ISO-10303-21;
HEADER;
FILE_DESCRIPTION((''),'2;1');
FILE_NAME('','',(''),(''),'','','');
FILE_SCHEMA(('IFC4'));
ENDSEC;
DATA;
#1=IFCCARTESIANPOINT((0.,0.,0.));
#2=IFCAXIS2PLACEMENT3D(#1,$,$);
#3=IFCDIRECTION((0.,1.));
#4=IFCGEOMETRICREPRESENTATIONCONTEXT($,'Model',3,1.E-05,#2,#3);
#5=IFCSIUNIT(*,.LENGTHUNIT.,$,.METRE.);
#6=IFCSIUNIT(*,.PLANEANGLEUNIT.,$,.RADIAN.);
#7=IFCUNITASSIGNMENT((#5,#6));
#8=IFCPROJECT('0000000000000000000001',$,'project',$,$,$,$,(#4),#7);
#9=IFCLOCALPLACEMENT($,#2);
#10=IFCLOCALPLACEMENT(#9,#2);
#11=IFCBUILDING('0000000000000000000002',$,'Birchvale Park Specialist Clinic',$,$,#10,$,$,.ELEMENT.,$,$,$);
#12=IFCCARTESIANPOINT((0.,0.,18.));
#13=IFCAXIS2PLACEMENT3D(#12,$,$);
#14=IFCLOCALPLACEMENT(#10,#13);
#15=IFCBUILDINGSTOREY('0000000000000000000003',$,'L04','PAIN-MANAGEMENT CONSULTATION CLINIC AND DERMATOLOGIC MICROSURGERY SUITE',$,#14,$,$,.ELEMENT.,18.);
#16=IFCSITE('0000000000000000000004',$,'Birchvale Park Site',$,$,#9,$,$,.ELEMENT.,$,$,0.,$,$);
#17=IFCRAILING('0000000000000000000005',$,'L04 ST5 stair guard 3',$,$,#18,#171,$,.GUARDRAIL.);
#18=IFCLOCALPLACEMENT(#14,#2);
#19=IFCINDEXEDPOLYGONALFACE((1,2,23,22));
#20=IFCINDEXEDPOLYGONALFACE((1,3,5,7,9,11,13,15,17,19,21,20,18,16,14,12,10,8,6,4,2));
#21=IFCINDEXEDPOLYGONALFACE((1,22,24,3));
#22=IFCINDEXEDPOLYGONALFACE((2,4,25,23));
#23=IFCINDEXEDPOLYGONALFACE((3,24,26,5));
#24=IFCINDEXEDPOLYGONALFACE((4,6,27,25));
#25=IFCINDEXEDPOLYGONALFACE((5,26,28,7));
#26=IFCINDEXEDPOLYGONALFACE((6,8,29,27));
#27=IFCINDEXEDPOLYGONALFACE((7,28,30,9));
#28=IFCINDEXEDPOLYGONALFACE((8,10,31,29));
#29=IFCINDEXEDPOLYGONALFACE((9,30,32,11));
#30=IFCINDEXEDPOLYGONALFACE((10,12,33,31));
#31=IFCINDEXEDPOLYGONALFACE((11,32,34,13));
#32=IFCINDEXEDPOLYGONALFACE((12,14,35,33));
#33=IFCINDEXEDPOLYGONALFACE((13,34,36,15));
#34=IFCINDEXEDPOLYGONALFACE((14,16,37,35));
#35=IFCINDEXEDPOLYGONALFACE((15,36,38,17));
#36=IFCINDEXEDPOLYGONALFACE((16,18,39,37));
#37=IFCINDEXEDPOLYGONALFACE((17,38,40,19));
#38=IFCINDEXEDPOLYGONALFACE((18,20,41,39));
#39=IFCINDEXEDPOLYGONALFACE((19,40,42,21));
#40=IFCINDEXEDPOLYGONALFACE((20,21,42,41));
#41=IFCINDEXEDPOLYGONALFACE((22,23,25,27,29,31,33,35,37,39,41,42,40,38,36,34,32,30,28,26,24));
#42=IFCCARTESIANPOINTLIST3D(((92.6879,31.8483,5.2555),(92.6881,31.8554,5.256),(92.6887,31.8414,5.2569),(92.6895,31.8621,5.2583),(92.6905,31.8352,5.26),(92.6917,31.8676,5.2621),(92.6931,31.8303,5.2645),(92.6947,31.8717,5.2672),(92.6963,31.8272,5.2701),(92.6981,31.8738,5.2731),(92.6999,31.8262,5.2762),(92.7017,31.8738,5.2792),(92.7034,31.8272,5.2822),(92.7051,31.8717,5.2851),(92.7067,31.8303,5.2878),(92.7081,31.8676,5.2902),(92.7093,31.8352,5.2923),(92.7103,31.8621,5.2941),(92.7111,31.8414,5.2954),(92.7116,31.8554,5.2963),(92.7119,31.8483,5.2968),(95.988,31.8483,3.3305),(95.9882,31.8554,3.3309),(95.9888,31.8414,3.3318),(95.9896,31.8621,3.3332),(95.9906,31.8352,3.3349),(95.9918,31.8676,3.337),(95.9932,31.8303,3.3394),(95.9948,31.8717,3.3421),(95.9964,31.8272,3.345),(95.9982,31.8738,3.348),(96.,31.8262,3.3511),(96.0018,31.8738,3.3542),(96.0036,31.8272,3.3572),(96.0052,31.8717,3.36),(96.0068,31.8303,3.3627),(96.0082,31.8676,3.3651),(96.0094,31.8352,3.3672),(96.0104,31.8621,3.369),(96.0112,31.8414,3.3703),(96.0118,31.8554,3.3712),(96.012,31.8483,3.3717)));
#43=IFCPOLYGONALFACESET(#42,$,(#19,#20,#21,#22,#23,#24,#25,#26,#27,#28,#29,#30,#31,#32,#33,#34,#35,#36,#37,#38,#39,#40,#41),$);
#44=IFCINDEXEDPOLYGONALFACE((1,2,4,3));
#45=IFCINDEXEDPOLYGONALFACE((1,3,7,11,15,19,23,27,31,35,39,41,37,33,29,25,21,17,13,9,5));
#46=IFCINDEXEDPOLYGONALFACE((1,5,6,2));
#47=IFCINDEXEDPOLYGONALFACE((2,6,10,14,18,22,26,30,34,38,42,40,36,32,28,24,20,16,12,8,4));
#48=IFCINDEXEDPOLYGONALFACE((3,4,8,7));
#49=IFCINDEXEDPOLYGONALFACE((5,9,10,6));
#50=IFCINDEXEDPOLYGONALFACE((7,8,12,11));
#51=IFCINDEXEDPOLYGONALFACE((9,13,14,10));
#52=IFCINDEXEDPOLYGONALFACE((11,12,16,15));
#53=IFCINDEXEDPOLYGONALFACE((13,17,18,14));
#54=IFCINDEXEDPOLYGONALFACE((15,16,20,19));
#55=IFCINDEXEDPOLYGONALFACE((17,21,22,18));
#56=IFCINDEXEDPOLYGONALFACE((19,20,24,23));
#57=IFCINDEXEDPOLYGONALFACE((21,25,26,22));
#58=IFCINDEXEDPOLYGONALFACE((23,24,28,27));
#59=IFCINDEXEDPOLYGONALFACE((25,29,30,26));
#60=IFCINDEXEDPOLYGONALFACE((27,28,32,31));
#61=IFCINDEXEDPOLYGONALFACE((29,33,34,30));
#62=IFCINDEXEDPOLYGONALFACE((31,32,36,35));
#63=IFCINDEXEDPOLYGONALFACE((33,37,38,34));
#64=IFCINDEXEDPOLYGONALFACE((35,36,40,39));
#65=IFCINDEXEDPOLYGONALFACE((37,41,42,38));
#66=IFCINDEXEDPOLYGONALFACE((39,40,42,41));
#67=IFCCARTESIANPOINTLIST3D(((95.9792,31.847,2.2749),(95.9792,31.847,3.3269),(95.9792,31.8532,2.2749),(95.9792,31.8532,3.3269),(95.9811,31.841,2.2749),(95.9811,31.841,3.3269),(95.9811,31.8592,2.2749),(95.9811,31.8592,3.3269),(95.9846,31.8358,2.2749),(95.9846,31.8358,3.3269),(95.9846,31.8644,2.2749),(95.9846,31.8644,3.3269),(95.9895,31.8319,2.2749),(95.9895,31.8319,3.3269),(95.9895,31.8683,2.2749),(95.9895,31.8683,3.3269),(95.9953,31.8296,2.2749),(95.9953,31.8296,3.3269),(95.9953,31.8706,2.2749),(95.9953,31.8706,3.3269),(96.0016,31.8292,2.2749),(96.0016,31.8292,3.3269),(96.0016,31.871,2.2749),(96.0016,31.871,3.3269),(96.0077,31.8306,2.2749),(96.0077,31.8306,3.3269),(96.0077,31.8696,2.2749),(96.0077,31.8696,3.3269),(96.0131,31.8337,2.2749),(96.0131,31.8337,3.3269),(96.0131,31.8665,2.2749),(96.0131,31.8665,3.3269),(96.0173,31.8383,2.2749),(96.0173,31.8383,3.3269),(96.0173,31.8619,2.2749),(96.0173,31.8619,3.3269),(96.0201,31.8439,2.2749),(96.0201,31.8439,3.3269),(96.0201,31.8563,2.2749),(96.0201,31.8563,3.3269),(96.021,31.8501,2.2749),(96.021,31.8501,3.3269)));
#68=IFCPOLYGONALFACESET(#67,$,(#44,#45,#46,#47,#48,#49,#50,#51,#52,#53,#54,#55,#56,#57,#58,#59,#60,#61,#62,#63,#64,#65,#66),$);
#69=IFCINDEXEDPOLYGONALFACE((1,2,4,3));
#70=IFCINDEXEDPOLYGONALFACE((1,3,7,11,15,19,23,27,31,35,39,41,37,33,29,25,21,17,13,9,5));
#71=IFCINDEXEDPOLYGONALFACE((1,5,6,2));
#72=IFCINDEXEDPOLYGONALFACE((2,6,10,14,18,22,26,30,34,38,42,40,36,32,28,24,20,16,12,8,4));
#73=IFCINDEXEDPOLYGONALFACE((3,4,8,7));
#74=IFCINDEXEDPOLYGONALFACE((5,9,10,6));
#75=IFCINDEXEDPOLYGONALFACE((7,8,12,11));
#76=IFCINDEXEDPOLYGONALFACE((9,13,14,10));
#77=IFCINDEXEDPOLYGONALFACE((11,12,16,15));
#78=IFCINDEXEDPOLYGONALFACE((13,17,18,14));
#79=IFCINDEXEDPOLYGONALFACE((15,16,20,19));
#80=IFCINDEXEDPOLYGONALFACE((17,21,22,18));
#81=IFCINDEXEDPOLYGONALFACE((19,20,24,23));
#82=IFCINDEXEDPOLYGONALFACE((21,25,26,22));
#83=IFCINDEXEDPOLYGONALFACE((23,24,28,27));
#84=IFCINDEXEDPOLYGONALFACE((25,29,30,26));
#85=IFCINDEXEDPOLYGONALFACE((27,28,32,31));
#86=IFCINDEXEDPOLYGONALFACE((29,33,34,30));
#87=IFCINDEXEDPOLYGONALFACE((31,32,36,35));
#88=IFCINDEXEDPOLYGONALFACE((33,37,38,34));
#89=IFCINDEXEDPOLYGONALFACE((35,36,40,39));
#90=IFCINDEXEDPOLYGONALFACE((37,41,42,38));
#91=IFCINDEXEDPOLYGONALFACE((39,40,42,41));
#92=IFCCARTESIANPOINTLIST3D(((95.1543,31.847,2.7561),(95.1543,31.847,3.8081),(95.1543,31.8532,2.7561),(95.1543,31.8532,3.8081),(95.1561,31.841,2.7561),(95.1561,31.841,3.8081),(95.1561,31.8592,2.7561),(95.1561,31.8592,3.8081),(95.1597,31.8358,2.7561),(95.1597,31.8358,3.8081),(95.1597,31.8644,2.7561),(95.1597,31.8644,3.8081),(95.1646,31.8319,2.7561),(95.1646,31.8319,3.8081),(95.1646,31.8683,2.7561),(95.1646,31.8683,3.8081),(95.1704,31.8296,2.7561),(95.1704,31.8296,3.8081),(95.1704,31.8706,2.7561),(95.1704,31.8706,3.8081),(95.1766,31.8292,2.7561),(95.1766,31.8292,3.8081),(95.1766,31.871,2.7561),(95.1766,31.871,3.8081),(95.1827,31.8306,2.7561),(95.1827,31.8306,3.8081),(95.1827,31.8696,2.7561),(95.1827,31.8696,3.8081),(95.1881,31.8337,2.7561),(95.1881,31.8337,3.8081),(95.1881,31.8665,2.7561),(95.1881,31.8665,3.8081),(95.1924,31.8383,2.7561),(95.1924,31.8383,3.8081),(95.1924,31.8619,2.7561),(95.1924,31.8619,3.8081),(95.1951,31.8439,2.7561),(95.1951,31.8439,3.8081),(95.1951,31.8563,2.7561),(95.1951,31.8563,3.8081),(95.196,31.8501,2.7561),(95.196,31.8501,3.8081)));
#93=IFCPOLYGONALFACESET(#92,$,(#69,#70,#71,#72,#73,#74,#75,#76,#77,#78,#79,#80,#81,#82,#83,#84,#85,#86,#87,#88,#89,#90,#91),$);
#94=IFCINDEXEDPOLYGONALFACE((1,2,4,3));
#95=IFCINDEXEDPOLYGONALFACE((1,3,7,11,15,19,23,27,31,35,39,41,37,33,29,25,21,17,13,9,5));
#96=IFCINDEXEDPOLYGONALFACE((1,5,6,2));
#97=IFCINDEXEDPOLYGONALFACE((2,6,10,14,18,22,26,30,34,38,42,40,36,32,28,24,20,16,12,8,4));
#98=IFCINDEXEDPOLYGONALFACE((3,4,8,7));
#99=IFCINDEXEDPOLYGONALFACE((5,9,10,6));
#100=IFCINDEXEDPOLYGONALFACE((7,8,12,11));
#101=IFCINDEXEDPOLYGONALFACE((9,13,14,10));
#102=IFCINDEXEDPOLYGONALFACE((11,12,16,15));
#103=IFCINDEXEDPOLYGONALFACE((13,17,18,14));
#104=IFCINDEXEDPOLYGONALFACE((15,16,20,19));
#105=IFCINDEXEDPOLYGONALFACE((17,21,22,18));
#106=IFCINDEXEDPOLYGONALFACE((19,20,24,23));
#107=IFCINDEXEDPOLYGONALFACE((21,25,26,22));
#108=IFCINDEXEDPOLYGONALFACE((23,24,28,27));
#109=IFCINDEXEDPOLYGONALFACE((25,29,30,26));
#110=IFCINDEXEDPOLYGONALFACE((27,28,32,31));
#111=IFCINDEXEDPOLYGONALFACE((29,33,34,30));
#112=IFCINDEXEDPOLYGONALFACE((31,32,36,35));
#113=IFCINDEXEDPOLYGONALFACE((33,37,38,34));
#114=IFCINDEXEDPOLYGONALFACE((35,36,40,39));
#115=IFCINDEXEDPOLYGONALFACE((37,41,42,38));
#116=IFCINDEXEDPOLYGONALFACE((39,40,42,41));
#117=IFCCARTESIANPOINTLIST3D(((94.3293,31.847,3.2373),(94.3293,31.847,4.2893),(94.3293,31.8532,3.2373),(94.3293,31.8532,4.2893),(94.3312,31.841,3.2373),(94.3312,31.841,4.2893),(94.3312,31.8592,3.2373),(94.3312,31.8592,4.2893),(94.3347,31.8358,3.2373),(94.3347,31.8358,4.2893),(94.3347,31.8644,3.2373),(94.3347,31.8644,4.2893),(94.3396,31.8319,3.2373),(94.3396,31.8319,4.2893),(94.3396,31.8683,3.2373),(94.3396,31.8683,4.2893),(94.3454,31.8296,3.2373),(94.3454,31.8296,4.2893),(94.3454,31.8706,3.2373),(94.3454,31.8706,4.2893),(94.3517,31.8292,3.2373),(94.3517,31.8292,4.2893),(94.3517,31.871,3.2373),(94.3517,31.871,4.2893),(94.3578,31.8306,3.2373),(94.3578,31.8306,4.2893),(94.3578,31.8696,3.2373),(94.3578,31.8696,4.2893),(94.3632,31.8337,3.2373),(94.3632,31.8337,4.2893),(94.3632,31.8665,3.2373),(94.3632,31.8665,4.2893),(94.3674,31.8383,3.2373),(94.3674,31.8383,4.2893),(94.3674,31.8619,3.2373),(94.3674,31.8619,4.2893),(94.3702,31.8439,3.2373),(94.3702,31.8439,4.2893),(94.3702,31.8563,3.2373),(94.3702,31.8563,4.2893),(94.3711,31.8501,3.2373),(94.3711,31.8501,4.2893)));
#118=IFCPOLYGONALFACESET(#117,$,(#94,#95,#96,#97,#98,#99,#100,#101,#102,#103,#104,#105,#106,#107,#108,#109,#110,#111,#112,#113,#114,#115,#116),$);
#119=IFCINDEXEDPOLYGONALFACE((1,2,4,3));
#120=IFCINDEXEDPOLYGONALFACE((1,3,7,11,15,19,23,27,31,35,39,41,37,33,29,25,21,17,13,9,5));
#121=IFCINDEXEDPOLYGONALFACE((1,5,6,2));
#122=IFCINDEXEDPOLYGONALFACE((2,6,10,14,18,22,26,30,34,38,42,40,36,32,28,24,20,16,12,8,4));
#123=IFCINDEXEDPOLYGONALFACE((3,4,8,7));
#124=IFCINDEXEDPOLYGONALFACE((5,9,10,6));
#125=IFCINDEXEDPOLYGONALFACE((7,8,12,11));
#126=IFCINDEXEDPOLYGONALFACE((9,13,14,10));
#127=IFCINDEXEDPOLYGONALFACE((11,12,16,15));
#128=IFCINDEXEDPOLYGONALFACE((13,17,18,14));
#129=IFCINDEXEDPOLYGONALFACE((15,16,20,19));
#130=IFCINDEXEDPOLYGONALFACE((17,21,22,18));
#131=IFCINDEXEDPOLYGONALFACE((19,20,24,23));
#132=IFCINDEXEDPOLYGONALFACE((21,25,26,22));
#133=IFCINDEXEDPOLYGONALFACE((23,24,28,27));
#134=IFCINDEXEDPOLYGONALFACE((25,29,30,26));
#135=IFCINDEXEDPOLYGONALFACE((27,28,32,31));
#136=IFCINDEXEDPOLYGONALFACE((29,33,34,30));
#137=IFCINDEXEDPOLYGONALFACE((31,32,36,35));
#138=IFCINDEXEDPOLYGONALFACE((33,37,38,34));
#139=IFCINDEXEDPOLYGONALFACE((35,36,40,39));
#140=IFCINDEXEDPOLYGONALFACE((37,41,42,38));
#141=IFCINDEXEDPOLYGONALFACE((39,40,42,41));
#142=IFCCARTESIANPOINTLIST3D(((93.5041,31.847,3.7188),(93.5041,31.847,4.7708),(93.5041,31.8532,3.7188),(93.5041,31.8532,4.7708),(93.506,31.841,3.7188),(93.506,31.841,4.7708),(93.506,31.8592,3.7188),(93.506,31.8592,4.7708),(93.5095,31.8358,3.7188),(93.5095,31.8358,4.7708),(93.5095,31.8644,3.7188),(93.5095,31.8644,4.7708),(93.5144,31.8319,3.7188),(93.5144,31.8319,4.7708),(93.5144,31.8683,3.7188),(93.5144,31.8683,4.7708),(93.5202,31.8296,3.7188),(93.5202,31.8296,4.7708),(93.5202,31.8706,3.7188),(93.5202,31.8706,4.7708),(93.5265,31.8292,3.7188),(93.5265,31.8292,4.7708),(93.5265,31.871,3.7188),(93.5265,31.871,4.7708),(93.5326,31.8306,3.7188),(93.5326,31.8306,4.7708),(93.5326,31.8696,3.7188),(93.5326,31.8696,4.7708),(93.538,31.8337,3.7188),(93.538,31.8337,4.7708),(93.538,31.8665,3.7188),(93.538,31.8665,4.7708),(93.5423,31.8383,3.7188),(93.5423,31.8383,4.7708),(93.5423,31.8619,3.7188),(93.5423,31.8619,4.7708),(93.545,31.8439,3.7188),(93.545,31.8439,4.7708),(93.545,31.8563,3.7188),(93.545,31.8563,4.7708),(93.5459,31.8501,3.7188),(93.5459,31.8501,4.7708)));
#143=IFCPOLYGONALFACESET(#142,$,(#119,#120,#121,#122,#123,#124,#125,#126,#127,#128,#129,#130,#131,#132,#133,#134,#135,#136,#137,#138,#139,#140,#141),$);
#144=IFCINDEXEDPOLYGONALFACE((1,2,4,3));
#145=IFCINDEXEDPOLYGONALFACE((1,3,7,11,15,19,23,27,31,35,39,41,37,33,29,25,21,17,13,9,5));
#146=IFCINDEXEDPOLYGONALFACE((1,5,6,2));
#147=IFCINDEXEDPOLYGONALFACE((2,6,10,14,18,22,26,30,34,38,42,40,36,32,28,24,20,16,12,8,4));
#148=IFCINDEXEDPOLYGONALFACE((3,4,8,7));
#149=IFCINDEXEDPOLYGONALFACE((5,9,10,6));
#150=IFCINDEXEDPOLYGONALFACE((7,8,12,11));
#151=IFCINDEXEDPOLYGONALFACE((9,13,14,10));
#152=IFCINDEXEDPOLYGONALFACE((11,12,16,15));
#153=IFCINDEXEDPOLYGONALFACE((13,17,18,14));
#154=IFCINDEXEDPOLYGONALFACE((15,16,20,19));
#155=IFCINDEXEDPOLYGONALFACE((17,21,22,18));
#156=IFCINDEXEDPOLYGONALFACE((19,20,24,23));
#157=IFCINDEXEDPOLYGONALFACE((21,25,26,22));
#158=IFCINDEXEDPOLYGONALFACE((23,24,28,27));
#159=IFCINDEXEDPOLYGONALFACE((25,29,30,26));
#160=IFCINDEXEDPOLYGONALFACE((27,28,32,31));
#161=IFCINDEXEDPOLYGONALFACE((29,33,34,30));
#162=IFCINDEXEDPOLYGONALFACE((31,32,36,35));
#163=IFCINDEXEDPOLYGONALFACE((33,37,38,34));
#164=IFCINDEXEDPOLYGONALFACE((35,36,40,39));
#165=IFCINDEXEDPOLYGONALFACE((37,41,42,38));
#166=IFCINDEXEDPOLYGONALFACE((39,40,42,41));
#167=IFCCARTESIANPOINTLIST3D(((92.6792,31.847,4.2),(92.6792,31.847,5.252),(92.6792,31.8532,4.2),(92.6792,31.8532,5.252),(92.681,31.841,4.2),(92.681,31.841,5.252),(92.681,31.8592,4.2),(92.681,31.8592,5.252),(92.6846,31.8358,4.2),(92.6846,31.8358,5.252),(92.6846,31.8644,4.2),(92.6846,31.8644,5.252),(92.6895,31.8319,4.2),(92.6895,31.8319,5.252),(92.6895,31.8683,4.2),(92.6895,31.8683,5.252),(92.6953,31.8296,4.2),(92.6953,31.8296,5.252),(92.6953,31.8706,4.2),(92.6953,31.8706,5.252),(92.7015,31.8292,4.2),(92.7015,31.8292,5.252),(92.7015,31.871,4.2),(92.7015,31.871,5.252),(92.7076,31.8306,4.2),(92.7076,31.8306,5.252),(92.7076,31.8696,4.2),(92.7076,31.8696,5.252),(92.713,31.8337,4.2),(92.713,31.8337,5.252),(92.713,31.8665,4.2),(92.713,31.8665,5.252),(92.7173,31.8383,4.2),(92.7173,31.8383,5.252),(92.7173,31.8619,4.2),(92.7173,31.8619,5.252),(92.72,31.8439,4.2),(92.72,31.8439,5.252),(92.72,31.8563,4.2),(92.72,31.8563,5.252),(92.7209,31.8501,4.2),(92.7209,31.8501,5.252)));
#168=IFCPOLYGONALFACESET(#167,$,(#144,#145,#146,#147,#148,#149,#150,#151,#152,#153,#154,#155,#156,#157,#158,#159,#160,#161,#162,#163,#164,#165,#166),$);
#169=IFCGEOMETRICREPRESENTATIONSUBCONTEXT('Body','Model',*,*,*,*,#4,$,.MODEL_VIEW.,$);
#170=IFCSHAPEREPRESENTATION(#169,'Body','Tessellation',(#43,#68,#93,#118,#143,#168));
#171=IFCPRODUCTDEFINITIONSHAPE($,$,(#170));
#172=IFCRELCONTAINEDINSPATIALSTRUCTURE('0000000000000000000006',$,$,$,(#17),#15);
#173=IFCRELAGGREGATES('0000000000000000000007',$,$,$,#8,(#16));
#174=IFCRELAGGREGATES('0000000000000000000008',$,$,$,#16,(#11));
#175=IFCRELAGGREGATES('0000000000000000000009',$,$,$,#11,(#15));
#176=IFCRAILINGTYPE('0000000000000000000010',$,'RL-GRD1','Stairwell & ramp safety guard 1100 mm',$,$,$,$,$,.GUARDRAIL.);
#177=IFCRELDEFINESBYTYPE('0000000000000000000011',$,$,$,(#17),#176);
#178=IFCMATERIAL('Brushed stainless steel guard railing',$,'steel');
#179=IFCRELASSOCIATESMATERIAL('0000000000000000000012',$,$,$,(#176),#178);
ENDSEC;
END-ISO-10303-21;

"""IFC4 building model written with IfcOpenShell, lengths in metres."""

from ifc_helpers import new_model, si_unit, direction, frame, origin, origin_2d, place, context, subcontext, project, spatial, circle, extrude, material, type_object, element, save


model = new_model("IFC4")

# Units and contexts
model_context = context("Model", 3, precision=1e-05, world=origin(), true_north=direction((0.0, 1.0)))
body_context = subcontext(model_context, "Body", "Model", "MODEL_VIEW")
ifc_project = project(units=[si_unit("LENGTHUNIT", "METRE"), si_unit("PLANEANGLEUNIT", "RADIAN")], contexts=[model_context])

# Site, building, storey
site_placement = place(None, origin())
site = spatial("IfcSite", under=ifc_project, at=site_placement, Name="Birchvale Park Site", CompositionType="ELEMENT", RefElevation=0.0)
building_placement = place(site_placement, origin())
building = spatial("IfcBuilding", under=site, at=building_placement, Name="Birchvale Park Specialist Clinic", CompositionType="ELEMENT")
storey_placement = place(building_placement, frame((0.0, 0.0, 18.0)))
storey = spatial("IfcBuildingStorey", under=building, at=storey_placement, Name="L04", Description="PAIN-MANAGEMENT CONSULTATION CLINIC AND DERMATOLOGIC MICROSURGERY SUITE", CompositionType="ELEMENT", Elevation=18.0)

# Railing
ifc_material_1 = material(Name="Brushed stainless steel guard railing", Category="steel")
railing_type_1 = type_object("IfcRailingType", Name="RL-GRD1", Description="Stairwell & ramp safety guard 1100 mm", PredefinedType="GUARDRAIL", material=ifc_material_1)
railing_1_placement = place(storey_placement, frame((96.0, 31.8501, 2.2749)))
element("IfcRailing", 1, at=railing_1_placement, inside=storey, type_object=railing_type_1, Name="L04 ST5 stair guard 3", PredefinedType="GUARDRAIL", context=body_context, shape_type="SweptSolid", body=[
    extrude(circle(Radius=0.0239, at=origin_2d()), frame((0.0, 0.0, 1.0762), z_axis=(-0.863777, 0.0, 0.503875), x_axis=(0.0, -1.0, 0.0)), (0.0, 0.0, 1.0), 3.8206),
    extrude(circle(Radius=0.021, at=origin_2d()), origin(), (0.0, 0.0, 1.0), 1.052),
    extrude(circle(Radius=0.021, at=origin_2d()), frame((-0.825, 0.0, 0.4812)), (0.0, 0.0, 1.0), 1.052),
    extrude(circle(Radius=0.021, at=origin_2d()), frame((-1.6499, 0.0, 0.9624)), (0.0, 0.0, 1.0), 1.052),
    extrude(circle(Radius=0.021, at=origin_2d()), frame((-2.4751, 0.0, 1.4438)), (0.0, 0.0, 1.0), 1.052),
    extrude(circle(Radius=0.021, at=origin_2d()), frame((-3.3, 0.0, 1.925)), (0.0, 0.0, 1.0), 1.052),
])

save(model, "model.ifc")
